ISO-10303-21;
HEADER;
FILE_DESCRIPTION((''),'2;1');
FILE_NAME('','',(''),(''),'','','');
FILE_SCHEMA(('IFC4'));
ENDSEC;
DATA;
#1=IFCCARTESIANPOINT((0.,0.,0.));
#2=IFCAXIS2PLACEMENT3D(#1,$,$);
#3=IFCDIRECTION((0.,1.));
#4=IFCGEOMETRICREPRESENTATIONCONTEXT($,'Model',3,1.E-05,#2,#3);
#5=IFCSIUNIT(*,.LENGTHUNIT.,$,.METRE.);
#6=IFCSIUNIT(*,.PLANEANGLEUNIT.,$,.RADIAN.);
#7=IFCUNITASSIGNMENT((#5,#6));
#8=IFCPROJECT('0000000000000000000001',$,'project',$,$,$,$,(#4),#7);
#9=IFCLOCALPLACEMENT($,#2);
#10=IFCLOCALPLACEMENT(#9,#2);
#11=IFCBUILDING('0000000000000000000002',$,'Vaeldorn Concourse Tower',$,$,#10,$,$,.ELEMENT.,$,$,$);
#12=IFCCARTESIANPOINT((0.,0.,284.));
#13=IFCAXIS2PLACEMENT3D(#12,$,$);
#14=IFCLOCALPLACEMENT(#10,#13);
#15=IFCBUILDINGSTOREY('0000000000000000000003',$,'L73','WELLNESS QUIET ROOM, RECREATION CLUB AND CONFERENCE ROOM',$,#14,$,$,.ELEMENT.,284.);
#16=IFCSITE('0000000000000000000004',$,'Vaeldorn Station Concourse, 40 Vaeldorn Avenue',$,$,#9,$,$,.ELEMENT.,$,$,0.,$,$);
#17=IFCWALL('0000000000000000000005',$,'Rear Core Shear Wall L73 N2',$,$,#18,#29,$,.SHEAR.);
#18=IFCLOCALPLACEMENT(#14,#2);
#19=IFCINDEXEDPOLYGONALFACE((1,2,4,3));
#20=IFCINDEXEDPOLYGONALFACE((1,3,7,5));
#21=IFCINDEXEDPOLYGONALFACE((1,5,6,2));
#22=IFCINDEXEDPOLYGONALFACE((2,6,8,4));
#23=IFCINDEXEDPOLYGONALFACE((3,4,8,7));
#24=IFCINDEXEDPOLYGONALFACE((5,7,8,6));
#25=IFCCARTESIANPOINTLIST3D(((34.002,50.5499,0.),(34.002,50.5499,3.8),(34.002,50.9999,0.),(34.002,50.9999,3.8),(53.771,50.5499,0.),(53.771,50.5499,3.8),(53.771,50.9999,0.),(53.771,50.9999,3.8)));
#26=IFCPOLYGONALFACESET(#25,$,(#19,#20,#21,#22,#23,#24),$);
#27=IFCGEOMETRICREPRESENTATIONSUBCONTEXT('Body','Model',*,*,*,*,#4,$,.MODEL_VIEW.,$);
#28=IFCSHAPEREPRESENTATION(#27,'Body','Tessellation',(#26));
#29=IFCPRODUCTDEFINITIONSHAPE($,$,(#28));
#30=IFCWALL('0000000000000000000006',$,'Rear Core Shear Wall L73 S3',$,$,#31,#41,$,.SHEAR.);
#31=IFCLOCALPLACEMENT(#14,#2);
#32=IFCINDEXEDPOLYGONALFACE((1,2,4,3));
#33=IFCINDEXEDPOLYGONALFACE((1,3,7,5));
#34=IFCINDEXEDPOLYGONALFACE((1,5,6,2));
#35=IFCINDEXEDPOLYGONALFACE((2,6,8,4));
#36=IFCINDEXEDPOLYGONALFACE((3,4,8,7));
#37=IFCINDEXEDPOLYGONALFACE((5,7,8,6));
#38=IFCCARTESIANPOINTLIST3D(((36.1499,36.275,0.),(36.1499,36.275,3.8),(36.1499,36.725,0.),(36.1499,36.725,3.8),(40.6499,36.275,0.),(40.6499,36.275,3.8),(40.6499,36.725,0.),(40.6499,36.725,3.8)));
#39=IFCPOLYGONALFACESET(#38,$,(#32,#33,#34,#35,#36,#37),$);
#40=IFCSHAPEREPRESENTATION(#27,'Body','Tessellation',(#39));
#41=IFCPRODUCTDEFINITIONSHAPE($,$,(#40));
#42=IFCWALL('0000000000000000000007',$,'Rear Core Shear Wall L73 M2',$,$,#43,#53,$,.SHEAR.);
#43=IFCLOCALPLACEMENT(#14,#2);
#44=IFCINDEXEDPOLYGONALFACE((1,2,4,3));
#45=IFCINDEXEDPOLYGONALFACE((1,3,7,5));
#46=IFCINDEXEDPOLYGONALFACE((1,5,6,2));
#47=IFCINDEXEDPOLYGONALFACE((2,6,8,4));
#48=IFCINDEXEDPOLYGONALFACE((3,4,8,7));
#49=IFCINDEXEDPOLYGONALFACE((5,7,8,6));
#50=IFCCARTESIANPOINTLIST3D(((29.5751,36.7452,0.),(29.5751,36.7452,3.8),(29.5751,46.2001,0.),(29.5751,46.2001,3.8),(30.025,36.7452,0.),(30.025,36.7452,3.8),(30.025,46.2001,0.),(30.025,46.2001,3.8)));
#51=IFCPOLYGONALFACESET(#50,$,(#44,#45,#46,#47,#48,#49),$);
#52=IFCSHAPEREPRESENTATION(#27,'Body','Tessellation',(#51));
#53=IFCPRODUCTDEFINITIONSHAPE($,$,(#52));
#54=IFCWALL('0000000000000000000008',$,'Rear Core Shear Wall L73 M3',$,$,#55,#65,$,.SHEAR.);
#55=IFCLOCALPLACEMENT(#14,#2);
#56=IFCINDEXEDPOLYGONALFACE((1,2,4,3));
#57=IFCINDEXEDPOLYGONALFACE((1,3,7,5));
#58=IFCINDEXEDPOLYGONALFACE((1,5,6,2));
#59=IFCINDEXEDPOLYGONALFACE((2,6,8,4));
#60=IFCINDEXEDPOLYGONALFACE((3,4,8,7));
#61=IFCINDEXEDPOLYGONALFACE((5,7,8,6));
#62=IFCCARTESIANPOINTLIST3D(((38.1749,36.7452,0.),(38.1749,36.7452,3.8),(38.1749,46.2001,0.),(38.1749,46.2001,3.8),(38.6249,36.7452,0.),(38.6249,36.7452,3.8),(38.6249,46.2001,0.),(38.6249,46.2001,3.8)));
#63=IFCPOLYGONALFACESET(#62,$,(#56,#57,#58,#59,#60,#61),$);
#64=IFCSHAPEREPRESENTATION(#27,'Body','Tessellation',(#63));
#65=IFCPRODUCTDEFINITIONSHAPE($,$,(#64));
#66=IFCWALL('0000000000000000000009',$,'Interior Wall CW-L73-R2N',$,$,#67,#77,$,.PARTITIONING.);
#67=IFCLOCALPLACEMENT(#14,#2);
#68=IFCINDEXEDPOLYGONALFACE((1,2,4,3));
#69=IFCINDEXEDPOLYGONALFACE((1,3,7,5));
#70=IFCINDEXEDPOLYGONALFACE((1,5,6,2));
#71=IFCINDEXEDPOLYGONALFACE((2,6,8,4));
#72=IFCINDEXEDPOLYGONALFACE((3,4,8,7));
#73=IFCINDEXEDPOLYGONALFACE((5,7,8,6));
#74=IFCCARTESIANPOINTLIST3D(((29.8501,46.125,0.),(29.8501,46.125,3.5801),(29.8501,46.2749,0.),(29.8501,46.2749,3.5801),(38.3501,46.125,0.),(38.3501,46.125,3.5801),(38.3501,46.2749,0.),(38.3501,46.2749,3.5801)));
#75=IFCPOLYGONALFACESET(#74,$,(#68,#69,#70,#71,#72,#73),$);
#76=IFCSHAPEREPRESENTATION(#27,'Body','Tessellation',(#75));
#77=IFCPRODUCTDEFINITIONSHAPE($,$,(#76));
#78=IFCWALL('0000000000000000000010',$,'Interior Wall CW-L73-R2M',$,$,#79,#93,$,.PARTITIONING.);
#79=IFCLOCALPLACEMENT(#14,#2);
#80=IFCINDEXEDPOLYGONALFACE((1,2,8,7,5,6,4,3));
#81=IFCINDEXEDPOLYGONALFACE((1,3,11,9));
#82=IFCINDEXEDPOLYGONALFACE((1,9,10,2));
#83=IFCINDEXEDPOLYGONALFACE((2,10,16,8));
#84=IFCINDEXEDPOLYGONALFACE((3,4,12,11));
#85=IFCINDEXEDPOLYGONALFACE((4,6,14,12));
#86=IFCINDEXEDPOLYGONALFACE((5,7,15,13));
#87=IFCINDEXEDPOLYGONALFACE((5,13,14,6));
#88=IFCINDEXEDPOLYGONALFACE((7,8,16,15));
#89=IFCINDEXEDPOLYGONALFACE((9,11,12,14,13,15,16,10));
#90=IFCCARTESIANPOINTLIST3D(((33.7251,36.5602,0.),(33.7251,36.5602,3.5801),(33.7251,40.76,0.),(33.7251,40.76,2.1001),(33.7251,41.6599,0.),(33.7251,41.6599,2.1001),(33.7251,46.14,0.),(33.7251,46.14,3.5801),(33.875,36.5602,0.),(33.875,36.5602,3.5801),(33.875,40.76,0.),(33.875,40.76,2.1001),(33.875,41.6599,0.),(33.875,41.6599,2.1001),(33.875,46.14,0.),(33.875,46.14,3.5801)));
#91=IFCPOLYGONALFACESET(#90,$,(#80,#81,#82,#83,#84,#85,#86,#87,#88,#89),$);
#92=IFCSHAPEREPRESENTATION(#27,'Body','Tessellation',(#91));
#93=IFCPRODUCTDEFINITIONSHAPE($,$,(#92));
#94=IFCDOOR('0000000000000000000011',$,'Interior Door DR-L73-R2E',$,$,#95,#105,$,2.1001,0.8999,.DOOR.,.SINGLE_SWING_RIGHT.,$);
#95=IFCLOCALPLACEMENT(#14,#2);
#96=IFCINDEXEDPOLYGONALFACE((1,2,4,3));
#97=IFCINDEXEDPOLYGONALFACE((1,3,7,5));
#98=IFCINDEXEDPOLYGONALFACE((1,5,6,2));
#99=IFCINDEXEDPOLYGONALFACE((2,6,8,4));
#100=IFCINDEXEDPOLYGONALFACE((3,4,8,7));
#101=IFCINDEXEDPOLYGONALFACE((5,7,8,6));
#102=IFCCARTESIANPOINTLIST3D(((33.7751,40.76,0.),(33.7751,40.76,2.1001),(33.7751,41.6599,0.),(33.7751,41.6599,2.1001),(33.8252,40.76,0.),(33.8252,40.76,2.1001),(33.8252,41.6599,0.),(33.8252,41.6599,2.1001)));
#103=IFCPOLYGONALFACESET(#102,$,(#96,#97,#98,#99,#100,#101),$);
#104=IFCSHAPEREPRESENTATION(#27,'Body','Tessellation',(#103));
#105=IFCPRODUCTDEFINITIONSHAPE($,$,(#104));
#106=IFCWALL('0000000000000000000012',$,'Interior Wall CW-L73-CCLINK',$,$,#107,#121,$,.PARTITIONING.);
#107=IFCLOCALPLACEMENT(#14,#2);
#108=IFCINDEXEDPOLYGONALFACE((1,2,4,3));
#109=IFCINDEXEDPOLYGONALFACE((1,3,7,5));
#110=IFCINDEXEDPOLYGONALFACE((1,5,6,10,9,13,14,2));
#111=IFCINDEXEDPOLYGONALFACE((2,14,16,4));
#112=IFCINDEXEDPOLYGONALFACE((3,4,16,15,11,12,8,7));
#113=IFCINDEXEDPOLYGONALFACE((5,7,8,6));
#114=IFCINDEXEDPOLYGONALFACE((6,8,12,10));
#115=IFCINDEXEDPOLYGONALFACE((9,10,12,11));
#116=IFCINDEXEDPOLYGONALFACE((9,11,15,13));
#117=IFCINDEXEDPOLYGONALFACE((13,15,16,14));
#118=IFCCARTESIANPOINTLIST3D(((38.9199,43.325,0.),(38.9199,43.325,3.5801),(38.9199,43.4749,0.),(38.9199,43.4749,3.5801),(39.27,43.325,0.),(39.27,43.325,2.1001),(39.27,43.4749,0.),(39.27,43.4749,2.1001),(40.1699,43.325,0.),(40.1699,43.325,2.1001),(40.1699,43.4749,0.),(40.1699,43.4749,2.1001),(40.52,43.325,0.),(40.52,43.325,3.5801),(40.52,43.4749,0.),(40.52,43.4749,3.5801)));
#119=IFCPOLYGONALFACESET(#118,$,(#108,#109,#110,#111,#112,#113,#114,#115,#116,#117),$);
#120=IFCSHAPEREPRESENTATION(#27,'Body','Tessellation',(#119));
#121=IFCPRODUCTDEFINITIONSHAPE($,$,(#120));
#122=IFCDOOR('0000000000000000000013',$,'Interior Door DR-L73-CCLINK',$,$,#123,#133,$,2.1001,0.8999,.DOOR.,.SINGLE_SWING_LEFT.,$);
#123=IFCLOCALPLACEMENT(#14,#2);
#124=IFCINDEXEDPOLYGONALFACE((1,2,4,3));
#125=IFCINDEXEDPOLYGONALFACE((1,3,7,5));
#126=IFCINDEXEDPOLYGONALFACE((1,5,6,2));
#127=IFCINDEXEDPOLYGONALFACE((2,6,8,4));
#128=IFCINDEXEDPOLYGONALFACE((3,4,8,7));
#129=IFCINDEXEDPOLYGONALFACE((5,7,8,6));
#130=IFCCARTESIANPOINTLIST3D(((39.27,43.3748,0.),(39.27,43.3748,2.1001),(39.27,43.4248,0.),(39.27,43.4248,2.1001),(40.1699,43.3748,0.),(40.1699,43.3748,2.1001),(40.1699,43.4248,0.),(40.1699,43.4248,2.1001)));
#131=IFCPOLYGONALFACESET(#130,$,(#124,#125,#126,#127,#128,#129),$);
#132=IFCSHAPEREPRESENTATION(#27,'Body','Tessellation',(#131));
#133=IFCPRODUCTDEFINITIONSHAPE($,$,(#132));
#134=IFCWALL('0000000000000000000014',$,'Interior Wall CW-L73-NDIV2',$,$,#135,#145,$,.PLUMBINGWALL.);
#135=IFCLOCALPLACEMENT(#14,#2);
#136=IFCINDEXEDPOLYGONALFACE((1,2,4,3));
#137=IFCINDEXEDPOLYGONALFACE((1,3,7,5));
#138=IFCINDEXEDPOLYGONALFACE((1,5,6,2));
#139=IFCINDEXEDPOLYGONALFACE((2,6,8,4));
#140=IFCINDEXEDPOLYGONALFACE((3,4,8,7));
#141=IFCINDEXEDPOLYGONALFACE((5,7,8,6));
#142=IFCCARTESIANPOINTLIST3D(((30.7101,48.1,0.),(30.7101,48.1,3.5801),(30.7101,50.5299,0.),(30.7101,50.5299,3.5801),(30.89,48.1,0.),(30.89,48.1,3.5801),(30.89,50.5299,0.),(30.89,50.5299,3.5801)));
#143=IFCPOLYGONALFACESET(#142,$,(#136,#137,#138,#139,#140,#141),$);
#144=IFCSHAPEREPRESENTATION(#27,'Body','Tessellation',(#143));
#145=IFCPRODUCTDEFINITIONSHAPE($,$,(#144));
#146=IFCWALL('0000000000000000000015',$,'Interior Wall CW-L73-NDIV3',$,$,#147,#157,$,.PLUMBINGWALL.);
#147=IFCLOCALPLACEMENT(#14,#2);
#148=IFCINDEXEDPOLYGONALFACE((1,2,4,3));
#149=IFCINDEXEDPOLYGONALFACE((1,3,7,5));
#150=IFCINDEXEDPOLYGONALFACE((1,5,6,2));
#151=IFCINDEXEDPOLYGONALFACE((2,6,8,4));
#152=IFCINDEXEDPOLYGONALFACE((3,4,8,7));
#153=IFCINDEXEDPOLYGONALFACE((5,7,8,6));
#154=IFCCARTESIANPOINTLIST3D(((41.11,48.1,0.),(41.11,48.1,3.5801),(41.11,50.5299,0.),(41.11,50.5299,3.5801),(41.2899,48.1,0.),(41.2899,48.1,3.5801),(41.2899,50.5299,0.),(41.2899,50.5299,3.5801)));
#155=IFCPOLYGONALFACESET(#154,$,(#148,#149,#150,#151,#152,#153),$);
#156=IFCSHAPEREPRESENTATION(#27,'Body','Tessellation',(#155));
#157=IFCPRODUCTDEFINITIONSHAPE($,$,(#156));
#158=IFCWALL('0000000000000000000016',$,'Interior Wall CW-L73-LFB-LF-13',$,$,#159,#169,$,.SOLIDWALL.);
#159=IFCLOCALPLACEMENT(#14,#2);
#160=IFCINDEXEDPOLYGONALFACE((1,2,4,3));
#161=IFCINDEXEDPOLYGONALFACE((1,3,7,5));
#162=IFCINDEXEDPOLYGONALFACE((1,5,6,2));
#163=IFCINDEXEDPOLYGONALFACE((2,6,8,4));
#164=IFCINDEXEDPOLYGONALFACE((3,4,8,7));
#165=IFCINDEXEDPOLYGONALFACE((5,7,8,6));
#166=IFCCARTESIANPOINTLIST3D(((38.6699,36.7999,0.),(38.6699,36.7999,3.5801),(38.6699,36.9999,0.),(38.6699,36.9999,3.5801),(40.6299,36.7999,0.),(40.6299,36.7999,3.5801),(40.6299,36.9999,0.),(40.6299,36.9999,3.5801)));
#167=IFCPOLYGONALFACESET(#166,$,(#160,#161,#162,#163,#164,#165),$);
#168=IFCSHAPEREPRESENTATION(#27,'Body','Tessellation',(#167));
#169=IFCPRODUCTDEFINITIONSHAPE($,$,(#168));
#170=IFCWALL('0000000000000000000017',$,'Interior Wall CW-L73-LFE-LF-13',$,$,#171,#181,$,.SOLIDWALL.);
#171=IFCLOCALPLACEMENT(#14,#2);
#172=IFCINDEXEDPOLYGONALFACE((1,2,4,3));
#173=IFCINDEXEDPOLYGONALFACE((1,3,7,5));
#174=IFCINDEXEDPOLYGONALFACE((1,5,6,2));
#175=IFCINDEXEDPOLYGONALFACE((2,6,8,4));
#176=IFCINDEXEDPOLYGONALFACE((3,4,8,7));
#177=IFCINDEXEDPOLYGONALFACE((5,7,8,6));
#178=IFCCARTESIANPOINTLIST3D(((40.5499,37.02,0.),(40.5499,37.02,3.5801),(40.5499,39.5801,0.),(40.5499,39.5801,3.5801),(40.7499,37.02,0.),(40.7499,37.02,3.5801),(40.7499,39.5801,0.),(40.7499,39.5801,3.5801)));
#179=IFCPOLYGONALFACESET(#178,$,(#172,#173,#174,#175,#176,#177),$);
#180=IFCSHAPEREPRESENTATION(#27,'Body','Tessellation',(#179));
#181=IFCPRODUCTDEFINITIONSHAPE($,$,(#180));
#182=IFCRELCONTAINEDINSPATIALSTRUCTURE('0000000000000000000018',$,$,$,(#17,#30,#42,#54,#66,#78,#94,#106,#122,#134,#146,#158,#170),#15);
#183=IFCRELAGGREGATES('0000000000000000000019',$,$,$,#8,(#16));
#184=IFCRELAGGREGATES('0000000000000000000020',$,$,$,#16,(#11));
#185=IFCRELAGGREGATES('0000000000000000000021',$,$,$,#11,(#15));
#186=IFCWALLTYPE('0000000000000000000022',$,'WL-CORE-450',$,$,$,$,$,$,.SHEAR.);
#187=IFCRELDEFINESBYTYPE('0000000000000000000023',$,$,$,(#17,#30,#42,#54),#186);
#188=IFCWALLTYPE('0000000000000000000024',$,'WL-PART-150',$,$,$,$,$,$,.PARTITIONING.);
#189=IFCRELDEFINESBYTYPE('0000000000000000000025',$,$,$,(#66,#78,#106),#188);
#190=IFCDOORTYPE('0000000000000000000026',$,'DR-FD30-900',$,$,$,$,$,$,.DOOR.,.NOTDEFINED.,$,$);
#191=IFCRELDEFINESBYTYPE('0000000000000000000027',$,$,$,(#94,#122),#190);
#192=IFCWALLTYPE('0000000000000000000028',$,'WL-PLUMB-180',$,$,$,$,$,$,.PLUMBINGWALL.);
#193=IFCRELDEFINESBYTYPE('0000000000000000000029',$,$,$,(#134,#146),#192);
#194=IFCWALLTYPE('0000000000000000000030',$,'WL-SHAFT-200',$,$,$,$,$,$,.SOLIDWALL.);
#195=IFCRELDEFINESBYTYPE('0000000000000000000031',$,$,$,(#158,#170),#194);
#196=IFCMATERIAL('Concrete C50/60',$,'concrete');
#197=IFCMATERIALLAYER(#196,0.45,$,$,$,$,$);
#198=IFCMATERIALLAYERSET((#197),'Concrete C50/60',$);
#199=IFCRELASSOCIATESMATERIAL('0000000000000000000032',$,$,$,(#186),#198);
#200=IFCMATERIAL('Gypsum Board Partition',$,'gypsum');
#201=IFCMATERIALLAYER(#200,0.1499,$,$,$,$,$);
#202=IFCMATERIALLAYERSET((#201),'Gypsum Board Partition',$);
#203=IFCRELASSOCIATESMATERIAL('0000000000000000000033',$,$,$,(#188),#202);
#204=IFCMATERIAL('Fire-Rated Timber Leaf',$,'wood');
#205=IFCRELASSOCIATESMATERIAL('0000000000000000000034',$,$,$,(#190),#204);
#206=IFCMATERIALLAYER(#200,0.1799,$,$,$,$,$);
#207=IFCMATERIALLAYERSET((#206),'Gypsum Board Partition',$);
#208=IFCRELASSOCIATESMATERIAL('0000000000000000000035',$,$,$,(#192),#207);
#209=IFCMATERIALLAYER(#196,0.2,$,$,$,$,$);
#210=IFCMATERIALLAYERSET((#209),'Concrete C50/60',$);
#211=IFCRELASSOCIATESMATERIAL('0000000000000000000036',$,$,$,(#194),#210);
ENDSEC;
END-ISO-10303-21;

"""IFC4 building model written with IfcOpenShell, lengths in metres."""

from ifc_helpers import new_model, si_unit, direction, frame, frame_2d, origin, place, context, subcontext, project, spatial, rectangle, extrude, source, transform, mapped, material, layer, layer_set, type_object, element, fill, save


model = new_model("IFC4")

# Units and contexts
model_context = context("Model", 3, precision=1e-05, world=origin(), true_north=direction((0.0, 1.0)))
body_context = subcontext(model_context, "Body", "Model", "MODEL_VIEW")
ifc_project = project(units=[si_unit("LENGTHUNIT", "METRE"), si_unit("PLANEANGLEUNIT", "RADIAN")], contexts=[model_context])

# Site, building, storey
site_placement = place(None, origin())
site = spatial("IfcSite", under=ifc_project, at=site_placement, Name="Vaeldorn Station Concourse, 40 Vaeldorn Avenue", CompositionType="ELEMENT", RefElevation=0.0)
building_placement = place(site_placement, origin())
building = spatial("IfcBuilding", under=site, at=building_placement, Name="Vaeldorn Concourse Tower", CompositionType="ELEMENT")
storey_placement = place(building_placement, frame((0.0, 0.0, 284.0)))
storey = spatial("IfcBuildingStorey", under=building, at=storey_placement, Name="L73", Description="WELLNESS QUIET ROOM, RECREATION CLUB AND CONFERENCE ROOM", CompositionType="ELEMENT", Elevation=284.0)

# Walls
ifc_material_1 = material(Name="Concrete C50/60", Category="concrete")
ifc_layer_1 = layer(ifc_material_1, 0.45)
ifc_layer_set_1 = layer_set([ifc_layer_1], Name="Concrete C50/60")
wall_type_1 = type_object("IfcWallType", Name="WL-CORE-450", PredefinedType="SHEAR", material=ifc_layer_set_1)
wall_1_placement = place(storey_placement, frame((34.002, 50.7749, 0.0), z_axis=(0.0, 0.0, 1.0), x_axis=(1.0, 0.0, 0.0)))
element("IfcWall", 1, at=wall_1_placement, inside=storey, type_object=wall_type_1, Name="Rear Core Shear Wall L73 N2", PredefinedType="SHEAR", context=body_context, shape_type="SweptSolid", body=[
    extrude(rectangle(XDim=19.769, YDim=0.45, at=frame_2d((9.8845, 0.0))), origin(), (0.0, 0.0, 1.0), 3.8),
])
wall_2_placement = place(storey_placement, frame((36.1499, 36.5, 0.0), z_axis=(0.0, 0.0, 1.0), x_axis=(1.0, 0.0, 0.0)))
element("IfcWall", 2, at=wall_2_placement, inside=storey, type_object=wall_type_1, Name="Rear Core Shear Wall L73 S3", PredefinedType="SHEAR", context=body_context, shape_type="SweptSolid", body=[
    extrude(rectangle(XDim=4.5, YDim=0.45, at=frame_2d((2.25, 0.0))), origin(), (0.0, 0.0, 1.0), 3.8),
])
for number, where, z_axis, x_axis, name in (
    (3, (29.8, 36.7451, 0.0), (0.0, 0.0, 1.0), (0.0, 1.0, 0.0), "Rear Core Shear Wall L73 M2"),
    (4, (38.3999, 36.7451, 0.0), (0.0, 0.0, 1.0), (0.0, 1.0, 0.0), "Rear Core Shear Wall L73 M3"),
):
    element("IfcWall", number, at=place(storey_placement, frame(where, z_axis=z_axis, x_axis=x_axis)), inside=storey, type_object=wall_type_1, Name=name, PredefinedType="SHEAR", context=body_context, shape_type="SweptSolid", body=[
        extrude(rectangle(XDim=9.4548, YDim=0.45, at=frame_2d((4.7275, 0.0))), origin(), (0.0, 0.0, 1.0), 3.8),
    ])
ifc_material_2 = material(Name="Gypsum Board Partition", Category="gypsum")
ifc_layer_2 = layer(ifc_material_2, 0.1499)
ifc_layer_set_2 = layer_set([ifc_layer_2], Name="Gypsum Board Partition")
wall_type_2 = type_object("IfcWallType", Name="WL-PART-150", PredefinedType="PARTITIONING", material=ifc_layer_set_2)
wall_3_placement = place(storey_placement, frame((29.8501, 46.2, 0.0), z_axis=(0.0, 0.0, 1.0), x_axis=(1.0, 0.0, 0.0)))
element("IfcWall", 5, at=wall_3_placement, inside=storey, type_object=wall_type_2, Name="Interior Wall CW-L73-R2N", PredefinedType="PARTITIONING", context=body_context, shape_type="SweptSolid", body=[
    extrude(rectangle(XDim=8.5, YDim=0.1499, at=frame_2d((4.25, 0.0))), origin(), (0.0, 0.0, 1.0), 3.5801),
])

# Walls, openings, doors
wall_4_placement = place(storey_placement, frame((33.8, 36.5601, 0.0), z_axis=(0.0, 0.0, 1.0), x_axis=(0.0, 1.0, 0.0)))
wall_4 = element("IfcWall", 6, at=wall_4_placement, inside=storey, type_object=wall_type_2, Name="Interior Wall CW-L73-R2M", PredefinedType="PARTITIONING", context=body_context, shape_type="SweptSolid", body=[
    extrude(rectangle(XDim=9.5798, YDim=0.1499, at=frame_2d((4.79, 0.0))), origin(), (0.0, 0.0, 1.0), 3.5801),
])
opening_1_placement = place(wall_4_placement, frame((4.2, 0.0, 0.0)))
opening_1 = element("IfcOpeningElement", 7, at=opening_1_placement, cuts=wall_4, PredefinedType="OPENING", context=body_context, shape_type="SweptSolid", body=[
    extrude(rectangle(XDim=0.8999, YDim=2.1001, at=frame_2d((0.45, 1.05))), frame((0.0, 0.085, 0.0), z_axis=(0.0, -1.0, 0.0), x_axis=(1.0, 0.0, 0.0)), (0.0, 0.0, 1.0), 0.1699),
])
ifc_material_3 = material(Name="Fire-Rated Timber Leaf", Category="wood")
door_type_1 = type_object("IfcDoorType", Name="DR-FD30-900", OperationType="NOTDEFINED", PredefinedType="DOOR", material=ifc_material_3)
shared_shape_1 = source(origin(), body_context, "Body", "SweptSolid", [
    extrude(rectangle(XDim=0.8999, YDim=2.1001, at=frame_2d((0.45, 1.05))), frame((0.0, 0.0249, 0.0), z_axis=(0.0, -1.0, 0.0), x_axis=(1.0, 0.0, 0.0)), (0.0, 0.0, 1.0), 0.05),
])
door_1_placement = place(opening_1_placement, origin())
door_1 = element("IfcDoor", 8, at=door_1_placement, inside=storey, type_object=door_type_1, Name="Interior Door DR-L73-R2E", OperationType="SINGLE_SWING_RIGHT", OverallHeight=2.1001, OverallWidth=0.8999, PredefinedType="DOOR", context=body_context, shape_type="MappedRepresentation", body=[
    mapped(shared_shape_1, transform((0.0, 0.0, 0.0), scale=1.0)),
])
fill(opening_1, door_1)
wall_5_placement = place(storey_placement, frame((38.9199, 43.3999, 0.0), z_axis=(0.0, 0.0, 1.0), x_axis=(1.0, 0.0, 0.0)))
wall_5 = element("IfcWall", 9, at=wall_5_placement, inside=storey, type_object=wall_type_2, Name="Interior Wall CW-L73-CCLINK", PredefinedType="PARTITIONING", context=body_context, shape_type="SweptSolid", body=[
    extrude(rectangle(XDim=1.6001, YDim=0.1499, at=frame_2d((0.8, 0.0))), origin(), (0.0, 0.0, 1.0), 3.5801),
])
opening_2_placement = place(wall_5_placement, frame((0.3501, 0.0, 0.0)))
opening_2 = element("IfcOpeningElement", 10, at=opening_2_placement, cuts=wall_5, PredefinedType="OPENING", context=body_context, shape_type="SweptSolid", body=[
    extrude(rectangle(XDim=0.8999, YDim=2.1001, at=frame_2d((0.45, 1.05))), frame((0.0, 0.085, 0.0), z_axis=(0.0, -1.0, 0.0), x_axis=(1.0, 0.0, 0.0)), (0.0, 0.0, 1.0), 0.1699),
])
door_2_placement = place(opening_2_placement, origin())
door_2 = element("IfcDoor", 11, at=door_2_placement, inside=storey, type_object=door_type_1, Name="Interior Door DR-L73-CCLINK", OperationType="SINGLE_SWING_LEFT", OverallHeight=2.1001, OverallWidth=0.8999, PredefinedType="DOOR", context=body_context, shape_type="MappedRepresentation", body=[
    mapped(shared_shape_1, transform((0.0, 0.0, 0.0), scale=1.0)),
])
fill(opening_2, door_2)

# Walls
ifc_layer_3 = layer(ifc_material_2, 0.1799)
ifc_layer_set_3 = layer_set([ifc_layer_3], Name="Gypsum Board Partition")
wall_type_3 = type_object("IfcWallType", Name="WL-PLUMB-180", PredefinedType="PLUMBINGWALL", material=ifc_layer_set_3)
for number, where, z_axis, x_axis, name in (
    (12, (30.8, 48.1001, 0.0), (0.0, 0.0, 1.0), (0.0, 1.0, 0.0), "Interior Wall CW-L73-NDIV2"),
    (13, (41.2, 48.1001, 0.0), (0.0, 0.0, 1.0), (0.0, 1.0, 0.0), "Interior Wall CW-L73-NDIV3"),
):
    element("IfcWall", number, at=place(storey_placement, frame(where, z_axis=z_axis, x_axis=x_axis)), inside=storey, type_object=wall_type_3, Name=name, PredefinedType="PLUMBINGWALL", context=body_context, shape_type="SweptSolid", body=[
        extrude(rectangle(XDim=2.4299, YDim=0.1799, at=frame_2d((1.2148, 0.0))), origin(), (0.0, 0.0, 1.0), 3.5801),
    ])

# Shared definitions
ifc_layer_4 = layer(ifc_material_1, 0.2)
ifc_layer_set_4 = layer_set([ifc_layer_4], Name="Concrete C50/60")
wall_type_4 = type_object("IfcWallType", Name="WL-SHAFT-200", PredefinedType="SOLIDWALL", material=ifc_layer_set_4)

# Walls
wall_6_placement = place(storey_placement, frame((38.6699, 36.8999, 0.0), z_axis=(0.0, 0.0, 1.0), x_axis=(1.0, 0.0, 0.0)))
element("IfcWall", 14, at=wall_6_placement, inside=storey, type_object=wall_type_4, Name="Interior Wall CW-L73-LFB-LF-13", PredefinedType="SOLIDWALL", context=body_context, shape_type="SweptSolid", body=[
    extrude(rectangle(XDim=1.96, YDim=0.2, at=frame_2d((0.98, 0.0))), origin(), (0.0, 0.0, 1.0), 3.5801),
])
wall_7_placement = place(storey_placement, frame((40.6499, 37.02, 0.0), z_axis=(0.0, 0.0, 1.0), x_axis=(0.0, 1.0, 0.0)))
element("IfcWall", 15, at=wall_7_placement, inside=storey, type_object=wall_type_4, Name="Interior Wall CW-L73-LFE-LF-13", PredefinedType="SOLIDWALL", context=body_context, shape_type="SweptSolid", body=[
    extrude(rectangle(XDim=2.5601, YDim=0.2, at=frame_2d((1.28, 0.0))), origin(), (0.0, 0.0, 1.0), 3.5801),
])

save(model, "model.ifc")
